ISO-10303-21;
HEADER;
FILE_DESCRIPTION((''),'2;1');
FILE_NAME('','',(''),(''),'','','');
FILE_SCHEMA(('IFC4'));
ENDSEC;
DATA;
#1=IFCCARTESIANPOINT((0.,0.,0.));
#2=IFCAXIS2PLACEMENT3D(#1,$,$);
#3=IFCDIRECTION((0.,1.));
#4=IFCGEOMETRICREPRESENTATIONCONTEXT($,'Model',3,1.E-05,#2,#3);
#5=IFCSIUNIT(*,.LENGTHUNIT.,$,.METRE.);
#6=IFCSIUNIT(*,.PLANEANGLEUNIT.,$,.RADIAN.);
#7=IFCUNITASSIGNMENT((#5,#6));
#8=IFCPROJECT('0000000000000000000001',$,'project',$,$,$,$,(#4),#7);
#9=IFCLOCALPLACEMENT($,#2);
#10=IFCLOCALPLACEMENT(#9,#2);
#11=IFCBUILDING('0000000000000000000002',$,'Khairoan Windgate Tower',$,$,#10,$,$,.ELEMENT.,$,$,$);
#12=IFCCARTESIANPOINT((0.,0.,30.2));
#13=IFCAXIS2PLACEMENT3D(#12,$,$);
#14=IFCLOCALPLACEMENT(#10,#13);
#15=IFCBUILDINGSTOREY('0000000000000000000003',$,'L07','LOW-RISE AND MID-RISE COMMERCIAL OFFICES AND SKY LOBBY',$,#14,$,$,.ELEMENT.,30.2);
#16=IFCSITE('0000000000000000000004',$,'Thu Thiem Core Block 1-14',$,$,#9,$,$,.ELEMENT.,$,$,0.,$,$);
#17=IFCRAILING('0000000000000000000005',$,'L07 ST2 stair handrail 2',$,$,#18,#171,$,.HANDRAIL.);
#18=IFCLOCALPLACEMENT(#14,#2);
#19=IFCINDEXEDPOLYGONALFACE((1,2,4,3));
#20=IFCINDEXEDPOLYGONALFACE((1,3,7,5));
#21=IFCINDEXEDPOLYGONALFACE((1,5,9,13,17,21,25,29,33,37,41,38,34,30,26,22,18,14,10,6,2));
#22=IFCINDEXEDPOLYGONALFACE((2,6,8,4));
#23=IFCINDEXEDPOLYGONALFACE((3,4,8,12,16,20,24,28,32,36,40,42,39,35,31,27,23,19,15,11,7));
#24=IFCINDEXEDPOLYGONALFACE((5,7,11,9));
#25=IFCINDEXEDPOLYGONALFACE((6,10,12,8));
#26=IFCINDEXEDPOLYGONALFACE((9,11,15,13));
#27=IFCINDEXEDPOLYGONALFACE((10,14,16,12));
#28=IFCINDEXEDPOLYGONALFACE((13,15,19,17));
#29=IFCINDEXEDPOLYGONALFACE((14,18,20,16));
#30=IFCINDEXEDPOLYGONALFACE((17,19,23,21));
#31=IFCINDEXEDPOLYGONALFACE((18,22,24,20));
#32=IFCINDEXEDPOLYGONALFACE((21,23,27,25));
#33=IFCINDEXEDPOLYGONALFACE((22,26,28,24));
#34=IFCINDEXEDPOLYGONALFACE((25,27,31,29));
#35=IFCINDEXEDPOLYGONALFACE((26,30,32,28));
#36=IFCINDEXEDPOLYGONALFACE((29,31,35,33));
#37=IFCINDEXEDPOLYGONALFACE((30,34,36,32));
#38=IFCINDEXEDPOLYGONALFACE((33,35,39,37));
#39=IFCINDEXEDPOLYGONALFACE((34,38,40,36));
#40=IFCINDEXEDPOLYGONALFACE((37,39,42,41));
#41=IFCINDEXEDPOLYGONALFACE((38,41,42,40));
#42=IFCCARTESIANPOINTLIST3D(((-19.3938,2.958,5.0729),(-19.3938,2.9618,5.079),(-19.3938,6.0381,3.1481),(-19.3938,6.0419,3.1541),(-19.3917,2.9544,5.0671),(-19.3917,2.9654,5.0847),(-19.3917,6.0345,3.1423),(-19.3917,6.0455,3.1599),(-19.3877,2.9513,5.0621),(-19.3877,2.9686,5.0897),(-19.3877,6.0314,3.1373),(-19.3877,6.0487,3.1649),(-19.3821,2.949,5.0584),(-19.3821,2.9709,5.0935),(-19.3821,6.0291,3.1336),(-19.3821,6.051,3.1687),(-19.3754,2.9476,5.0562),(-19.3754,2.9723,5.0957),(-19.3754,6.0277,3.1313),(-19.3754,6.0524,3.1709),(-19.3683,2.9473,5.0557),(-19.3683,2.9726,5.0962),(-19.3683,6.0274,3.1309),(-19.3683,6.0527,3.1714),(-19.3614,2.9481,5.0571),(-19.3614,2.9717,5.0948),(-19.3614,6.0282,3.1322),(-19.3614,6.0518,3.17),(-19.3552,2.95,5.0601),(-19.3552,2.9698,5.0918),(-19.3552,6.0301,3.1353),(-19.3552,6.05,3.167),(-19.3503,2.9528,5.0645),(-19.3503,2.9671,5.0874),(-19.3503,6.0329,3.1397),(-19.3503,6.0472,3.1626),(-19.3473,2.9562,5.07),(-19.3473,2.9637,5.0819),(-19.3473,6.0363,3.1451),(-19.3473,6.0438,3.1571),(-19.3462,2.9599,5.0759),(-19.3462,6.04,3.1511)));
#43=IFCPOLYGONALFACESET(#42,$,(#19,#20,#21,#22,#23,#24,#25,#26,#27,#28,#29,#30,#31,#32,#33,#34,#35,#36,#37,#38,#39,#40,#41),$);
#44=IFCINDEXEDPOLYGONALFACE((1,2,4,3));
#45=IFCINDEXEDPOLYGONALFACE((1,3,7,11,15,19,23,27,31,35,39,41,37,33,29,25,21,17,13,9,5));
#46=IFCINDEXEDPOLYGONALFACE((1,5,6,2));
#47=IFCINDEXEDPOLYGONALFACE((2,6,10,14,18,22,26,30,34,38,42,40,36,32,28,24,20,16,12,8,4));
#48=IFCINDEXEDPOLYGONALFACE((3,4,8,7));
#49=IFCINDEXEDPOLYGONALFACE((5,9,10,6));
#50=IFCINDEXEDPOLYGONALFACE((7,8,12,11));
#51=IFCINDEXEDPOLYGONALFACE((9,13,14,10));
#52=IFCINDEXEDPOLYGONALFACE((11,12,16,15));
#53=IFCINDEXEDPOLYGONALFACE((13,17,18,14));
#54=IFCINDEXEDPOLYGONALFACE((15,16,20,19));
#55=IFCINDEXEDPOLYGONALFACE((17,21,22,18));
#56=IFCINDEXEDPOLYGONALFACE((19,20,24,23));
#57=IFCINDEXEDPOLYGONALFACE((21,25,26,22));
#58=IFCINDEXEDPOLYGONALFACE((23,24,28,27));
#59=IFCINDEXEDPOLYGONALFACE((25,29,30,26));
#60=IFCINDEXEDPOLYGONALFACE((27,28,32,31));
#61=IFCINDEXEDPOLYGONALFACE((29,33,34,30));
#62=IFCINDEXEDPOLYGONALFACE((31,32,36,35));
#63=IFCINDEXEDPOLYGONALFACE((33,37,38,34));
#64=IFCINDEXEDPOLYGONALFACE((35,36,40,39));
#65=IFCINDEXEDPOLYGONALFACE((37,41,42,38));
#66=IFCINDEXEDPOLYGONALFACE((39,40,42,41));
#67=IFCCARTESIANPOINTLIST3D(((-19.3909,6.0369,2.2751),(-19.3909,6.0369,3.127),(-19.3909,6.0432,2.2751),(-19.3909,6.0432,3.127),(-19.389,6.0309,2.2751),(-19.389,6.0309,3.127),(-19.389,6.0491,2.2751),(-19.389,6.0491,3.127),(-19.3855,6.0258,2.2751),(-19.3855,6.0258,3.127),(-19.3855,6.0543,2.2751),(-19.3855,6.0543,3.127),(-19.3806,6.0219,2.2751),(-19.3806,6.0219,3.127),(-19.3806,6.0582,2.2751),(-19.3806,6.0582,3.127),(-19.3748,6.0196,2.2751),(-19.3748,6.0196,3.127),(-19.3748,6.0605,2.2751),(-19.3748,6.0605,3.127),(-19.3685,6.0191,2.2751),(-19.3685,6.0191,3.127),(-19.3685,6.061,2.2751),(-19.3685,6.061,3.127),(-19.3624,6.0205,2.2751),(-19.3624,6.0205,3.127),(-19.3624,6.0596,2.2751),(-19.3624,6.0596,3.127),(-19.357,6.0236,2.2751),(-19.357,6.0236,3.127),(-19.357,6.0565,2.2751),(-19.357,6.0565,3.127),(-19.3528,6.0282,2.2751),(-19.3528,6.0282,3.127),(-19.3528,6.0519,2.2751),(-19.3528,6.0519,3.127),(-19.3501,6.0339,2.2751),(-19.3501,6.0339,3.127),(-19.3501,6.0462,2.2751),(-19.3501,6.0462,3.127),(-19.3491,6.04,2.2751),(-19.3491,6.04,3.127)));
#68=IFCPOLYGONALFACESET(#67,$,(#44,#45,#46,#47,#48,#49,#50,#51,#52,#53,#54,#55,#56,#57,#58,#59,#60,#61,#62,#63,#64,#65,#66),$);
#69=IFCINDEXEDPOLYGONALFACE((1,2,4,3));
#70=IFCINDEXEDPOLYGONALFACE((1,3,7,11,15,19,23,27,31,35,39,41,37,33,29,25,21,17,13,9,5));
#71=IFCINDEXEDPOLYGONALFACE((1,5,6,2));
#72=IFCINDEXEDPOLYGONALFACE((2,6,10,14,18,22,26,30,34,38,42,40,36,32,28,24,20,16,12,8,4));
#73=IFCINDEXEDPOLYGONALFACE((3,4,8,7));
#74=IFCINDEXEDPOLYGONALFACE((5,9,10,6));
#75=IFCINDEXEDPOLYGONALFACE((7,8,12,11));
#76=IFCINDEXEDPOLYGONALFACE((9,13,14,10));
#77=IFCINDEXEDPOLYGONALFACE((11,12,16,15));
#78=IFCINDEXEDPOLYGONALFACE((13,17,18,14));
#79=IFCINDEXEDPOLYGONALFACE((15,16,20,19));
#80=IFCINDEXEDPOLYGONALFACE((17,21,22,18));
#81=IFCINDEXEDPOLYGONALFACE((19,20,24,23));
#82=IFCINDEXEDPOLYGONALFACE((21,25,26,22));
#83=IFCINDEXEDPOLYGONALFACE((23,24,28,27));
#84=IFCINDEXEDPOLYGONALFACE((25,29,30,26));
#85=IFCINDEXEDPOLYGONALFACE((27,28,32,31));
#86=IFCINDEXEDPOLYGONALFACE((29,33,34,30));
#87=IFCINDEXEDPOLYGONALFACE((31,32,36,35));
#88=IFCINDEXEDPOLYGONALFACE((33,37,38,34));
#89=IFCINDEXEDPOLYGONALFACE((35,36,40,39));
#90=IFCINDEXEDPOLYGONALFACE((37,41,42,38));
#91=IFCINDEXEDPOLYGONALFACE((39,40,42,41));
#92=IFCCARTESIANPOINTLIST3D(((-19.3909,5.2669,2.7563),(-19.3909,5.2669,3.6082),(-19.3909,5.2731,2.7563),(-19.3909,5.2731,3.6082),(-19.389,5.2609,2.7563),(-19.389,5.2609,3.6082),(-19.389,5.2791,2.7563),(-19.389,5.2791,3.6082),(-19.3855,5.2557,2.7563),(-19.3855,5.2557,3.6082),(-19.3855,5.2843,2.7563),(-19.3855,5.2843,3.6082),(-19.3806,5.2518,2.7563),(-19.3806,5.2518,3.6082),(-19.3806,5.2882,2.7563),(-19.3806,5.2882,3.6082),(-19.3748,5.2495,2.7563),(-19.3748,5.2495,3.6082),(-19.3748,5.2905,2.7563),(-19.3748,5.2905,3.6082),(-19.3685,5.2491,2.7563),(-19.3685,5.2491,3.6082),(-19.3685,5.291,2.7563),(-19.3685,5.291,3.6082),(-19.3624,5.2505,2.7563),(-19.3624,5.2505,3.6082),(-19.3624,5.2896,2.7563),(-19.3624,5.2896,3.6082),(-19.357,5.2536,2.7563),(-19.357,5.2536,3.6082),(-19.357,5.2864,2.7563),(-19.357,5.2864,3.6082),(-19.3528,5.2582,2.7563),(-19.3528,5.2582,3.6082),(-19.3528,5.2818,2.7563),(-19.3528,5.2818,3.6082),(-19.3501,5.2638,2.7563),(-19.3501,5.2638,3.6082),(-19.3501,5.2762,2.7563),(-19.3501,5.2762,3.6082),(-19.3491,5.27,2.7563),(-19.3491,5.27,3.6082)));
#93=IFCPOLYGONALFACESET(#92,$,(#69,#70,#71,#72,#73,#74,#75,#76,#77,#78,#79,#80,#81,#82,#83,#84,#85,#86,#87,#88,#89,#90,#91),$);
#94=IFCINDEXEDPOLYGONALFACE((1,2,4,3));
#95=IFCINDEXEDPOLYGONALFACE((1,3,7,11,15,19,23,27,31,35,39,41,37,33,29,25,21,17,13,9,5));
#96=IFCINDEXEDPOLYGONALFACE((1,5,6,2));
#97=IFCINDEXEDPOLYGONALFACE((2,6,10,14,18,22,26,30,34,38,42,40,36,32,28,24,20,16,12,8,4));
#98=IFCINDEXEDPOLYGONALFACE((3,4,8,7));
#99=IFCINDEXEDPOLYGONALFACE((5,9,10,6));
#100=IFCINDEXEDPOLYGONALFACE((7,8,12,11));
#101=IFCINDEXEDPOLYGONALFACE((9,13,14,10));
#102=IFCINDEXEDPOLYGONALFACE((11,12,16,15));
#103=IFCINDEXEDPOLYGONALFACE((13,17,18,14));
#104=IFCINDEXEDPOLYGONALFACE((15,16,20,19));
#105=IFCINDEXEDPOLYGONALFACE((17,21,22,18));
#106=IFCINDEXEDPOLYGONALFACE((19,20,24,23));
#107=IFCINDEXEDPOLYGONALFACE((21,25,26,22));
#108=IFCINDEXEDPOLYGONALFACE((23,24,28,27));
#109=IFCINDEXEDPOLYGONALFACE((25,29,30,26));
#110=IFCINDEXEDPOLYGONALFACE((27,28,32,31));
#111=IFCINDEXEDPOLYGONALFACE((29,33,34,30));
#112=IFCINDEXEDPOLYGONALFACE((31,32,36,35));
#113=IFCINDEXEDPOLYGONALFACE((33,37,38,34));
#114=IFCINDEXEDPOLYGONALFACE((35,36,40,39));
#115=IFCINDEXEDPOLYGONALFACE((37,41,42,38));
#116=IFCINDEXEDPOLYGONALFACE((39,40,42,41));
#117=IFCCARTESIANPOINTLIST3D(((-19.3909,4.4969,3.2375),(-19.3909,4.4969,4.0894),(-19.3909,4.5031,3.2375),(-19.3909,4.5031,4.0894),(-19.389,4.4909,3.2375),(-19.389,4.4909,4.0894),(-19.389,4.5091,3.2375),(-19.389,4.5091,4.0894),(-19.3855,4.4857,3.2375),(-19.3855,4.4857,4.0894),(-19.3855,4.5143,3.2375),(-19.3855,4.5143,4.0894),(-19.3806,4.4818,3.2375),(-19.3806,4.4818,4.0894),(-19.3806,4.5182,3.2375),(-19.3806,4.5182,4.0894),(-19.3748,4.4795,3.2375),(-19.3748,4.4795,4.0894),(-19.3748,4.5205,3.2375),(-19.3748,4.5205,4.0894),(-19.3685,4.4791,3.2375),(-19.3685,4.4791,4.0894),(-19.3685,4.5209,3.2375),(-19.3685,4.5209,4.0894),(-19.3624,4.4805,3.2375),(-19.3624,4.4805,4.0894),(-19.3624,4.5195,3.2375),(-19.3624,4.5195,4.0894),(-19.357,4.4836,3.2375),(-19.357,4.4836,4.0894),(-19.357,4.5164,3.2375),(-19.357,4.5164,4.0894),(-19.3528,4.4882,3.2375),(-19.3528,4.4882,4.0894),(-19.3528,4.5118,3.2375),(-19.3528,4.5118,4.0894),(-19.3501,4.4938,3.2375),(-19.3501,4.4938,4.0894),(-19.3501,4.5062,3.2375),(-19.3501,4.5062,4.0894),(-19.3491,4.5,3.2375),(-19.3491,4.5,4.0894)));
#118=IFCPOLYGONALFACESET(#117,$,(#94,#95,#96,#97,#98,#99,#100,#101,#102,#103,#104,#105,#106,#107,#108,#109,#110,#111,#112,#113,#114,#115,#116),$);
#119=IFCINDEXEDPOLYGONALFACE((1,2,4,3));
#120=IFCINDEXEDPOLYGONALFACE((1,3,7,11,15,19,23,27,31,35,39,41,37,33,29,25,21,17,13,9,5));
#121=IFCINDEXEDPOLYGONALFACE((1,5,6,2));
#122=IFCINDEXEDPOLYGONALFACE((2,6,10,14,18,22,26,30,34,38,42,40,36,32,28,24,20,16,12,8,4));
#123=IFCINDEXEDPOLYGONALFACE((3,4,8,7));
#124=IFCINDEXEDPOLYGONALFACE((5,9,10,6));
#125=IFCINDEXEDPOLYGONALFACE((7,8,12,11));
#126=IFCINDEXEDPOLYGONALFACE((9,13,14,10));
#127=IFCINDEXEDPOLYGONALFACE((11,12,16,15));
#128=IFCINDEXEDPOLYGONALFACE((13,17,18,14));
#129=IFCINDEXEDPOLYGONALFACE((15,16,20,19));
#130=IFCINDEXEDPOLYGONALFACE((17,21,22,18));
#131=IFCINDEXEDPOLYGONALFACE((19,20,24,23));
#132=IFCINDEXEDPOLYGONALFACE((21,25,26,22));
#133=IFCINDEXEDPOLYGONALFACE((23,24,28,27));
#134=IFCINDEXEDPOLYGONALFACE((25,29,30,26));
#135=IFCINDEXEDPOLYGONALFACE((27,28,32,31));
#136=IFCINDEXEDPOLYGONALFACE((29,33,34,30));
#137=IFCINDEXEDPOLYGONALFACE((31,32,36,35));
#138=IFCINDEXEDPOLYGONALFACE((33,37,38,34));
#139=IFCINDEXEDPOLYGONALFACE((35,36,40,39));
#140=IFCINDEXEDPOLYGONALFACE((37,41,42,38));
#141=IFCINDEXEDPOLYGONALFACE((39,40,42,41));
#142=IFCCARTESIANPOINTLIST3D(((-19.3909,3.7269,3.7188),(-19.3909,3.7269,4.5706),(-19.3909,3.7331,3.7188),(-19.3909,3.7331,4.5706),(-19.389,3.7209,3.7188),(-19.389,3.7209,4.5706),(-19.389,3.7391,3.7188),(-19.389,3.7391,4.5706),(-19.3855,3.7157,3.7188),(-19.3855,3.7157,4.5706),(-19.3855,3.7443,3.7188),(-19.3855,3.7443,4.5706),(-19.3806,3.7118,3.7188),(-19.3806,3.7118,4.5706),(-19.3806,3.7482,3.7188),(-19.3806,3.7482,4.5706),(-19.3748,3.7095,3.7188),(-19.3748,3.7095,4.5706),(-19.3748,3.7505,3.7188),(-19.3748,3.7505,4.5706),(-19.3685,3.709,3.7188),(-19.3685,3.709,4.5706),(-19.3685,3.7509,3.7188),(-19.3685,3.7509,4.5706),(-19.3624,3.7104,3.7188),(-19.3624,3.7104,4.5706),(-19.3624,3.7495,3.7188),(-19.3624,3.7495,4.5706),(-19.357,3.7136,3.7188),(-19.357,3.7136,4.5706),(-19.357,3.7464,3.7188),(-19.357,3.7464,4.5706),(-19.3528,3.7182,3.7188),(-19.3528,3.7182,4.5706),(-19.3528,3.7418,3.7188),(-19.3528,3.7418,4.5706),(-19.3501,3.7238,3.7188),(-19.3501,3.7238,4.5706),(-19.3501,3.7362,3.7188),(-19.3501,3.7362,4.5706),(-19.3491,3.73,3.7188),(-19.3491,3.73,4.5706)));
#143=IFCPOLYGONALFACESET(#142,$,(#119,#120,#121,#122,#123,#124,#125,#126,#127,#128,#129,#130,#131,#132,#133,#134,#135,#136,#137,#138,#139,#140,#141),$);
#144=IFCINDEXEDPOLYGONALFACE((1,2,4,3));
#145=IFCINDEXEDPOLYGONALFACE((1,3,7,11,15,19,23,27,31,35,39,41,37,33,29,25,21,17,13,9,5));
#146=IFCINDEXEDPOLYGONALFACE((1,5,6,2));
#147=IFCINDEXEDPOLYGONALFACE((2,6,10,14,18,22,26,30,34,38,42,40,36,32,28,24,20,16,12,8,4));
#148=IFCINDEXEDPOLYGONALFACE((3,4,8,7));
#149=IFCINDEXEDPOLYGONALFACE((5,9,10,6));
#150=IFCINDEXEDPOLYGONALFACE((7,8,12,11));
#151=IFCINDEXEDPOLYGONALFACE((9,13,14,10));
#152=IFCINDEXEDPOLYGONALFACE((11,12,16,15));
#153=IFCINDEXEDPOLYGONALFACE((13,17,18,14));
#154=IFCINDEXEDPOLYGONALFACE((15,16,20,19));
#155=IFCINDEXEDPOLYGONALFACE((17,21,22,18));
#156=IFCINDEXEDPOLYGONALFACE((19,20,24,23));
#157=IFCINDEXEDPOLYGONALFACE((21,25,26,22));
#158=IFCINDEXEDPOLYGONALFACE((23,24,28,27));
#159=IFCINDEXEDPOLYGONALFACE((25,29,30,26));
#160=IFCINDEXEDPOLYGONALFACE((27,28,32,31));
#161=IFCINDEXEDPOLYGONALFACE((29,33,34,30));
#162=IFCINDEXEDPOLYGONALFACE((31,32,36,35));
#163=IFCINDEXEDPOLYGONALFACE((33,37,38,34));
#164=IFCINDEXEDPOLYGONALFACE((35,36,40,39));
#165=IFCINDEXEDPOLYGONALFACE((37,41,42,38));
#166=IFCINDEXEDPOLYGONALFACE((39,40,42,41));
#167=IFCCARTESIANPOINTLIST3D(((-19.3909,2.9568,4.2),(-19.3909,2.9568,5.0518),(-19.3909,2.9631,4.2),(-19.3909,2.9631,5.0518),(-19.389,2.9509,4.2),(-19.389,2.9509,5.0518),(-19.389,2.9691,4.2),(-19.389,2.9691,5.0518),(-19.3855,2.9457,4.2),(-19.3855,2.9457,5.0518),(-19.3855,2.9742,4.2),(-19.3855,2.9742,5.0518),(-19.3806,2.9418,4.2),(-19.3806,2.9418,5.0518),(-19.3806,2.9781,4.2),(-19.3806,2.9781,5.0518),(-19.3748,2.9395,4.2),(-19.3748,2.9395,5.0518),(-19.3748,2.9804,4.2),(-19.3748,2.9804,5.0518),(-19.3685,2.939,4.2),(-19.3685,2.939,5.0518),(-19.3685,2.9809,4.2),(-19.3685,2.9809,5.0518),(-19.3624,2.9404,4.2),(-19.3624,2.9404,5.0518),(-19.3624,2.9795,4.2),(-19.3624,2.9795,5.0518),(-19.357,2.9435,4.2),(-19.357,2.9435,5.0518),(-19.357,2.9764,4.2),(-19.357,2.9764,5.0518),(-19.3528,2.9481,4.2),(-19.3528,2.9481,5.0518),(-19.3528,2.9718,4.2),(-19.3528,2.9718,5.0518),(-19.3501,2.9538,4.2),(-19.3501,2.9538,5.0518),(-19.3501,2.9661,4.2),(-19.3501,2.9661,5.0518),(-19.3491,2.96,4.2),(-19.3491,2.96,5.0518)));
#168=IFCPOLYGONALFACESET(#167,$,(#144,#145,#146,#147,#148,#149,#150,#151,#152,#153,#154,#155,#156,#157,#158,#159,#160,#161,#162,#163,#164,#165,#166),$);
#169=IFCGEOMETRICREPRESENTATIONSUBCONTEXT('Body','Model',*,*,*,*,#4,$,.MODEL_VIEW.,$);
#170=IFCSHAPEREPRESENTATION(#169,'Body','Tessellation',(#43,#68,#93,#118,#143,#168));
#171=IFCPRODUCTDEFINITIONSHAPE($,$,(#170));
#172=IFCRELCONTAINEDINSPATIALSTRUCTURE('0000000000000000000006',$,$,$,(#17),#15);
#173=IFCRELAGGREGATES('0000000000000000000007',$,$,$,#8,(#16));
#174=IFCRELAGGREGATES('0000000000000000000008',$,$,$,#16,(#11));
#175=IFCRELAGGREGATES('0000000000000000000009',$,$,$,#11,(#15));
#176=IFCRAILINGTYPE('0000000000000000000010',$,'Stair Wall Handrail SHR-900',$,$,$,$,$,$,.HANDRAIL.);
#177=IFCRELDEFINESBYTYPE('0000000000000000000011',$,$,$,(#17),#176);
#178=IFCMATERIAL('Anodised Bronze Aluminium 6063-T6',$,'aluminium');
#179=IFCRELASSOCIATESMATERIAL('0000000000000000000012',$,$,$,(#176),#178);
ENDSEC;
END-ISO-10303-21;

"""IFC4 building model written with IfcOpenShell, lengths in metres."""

from ifc_helpers import new_model, si_unit, direction, frame, origin, origin_2d, place, context, subcontext, project, spatial, circle, extrude, material, type_object, element, save


model = new_model("IFC4")

# Units and contexts
model_context = context("Model", 3, precision=1e-05, world=origin(), true_north=direction((0.0, 1.0)))
body_context = subcontext(model_context, "Body", "Model", "MODEL_VIEW")
ifc_project = project(units=[si_unit("LENGTHUNIT", "METRE"), si_unit("PLANEANGLEUNIT", "RADIAN")], contexts=[model_context])

# Site, building, storey
site_placement = place(None, origin())
site = spatial("IfcSite", under=ifc_project, at=site_placement, Name="Thu Thiem Core Block 1-14", CompositionType="ELEMENT", RefElevation=0.0)
building_placement = place(site_placement, origin())
building = spatial("IfcBuilding", under=site, at=building_placement, Name="Khairoan Windgate Tower", CompositionType="ELEMENT")
storey_placement = place(building_placement, frame((0.0, 0.0, 30.2)))
storey = spatial("IfcBuildingStorey", under=building, at=storey_placement, Name="L07", Description="LOW-RISE AND MID-RISE COMMERCIAL OFFICES AND SKY LOBBY", CompositionType="ELEMENT", Elevation=30.2)

# Railing
ifc_material_1 = material(Name="Anodised Bronze Aluminium 6063-T6", Category="aluminium")
railing_type_1 = type_object("IfcRailingType", Name="Stair Wall Handrail SHR-900", PredefinedType="HANDRAIL", material=ifc_material_1)
railing_1_placement = place(storey_placement, frame((-19.3701, 6.04, 2.2751)))
element("IfcRailing", 1, at=railing_1_placement, inside=storey, type_object=railing_type_1, Name="L07 ST2 stair handrail 2", PredefinedType="HANDRAIL", context=body_context, shape_type="SweptSolid", body=[
    extrude(circle(Radius=0.0239, at=origin_2d()), frame((0.0, 0.0, 0.876), z_axis=(0.0, -0.848029, 0.529951), x_axis=(1.0, 0.0, 0.0)), (0.0, 0.0, 1.0), 3.6321),
    extrude(circle(Radius=0.021, at=origin_2d()), origin(), (0.0, 0.0, 1.0), 0.8518),
    extrude(circle(Radius=0.021, at=origin_2d()), frame((0.0, -0.77, 0.4812)), (0.0, 0.0, 1.0), 0.8518),
    extrude(circle(Radius=0.021, at=origin_2d()), frame((0.0, -1.54, 0.9624)), (0.0, 0.0, 1.0), 0.8518),
    extrude(circle(Radius=0.021, at=origin_2d()), frame((0.0, -2.3101, 1.4436)), (0.0, 0.0, 1.0), 0.8518),
    extrude(circle(Radius=0.021, at=origin_2d()), frame((0.0, -3.0801, 1.9248)), (0.0, 0.0, 1.0), 0.8518),
])

save(model, "model.ifc")
